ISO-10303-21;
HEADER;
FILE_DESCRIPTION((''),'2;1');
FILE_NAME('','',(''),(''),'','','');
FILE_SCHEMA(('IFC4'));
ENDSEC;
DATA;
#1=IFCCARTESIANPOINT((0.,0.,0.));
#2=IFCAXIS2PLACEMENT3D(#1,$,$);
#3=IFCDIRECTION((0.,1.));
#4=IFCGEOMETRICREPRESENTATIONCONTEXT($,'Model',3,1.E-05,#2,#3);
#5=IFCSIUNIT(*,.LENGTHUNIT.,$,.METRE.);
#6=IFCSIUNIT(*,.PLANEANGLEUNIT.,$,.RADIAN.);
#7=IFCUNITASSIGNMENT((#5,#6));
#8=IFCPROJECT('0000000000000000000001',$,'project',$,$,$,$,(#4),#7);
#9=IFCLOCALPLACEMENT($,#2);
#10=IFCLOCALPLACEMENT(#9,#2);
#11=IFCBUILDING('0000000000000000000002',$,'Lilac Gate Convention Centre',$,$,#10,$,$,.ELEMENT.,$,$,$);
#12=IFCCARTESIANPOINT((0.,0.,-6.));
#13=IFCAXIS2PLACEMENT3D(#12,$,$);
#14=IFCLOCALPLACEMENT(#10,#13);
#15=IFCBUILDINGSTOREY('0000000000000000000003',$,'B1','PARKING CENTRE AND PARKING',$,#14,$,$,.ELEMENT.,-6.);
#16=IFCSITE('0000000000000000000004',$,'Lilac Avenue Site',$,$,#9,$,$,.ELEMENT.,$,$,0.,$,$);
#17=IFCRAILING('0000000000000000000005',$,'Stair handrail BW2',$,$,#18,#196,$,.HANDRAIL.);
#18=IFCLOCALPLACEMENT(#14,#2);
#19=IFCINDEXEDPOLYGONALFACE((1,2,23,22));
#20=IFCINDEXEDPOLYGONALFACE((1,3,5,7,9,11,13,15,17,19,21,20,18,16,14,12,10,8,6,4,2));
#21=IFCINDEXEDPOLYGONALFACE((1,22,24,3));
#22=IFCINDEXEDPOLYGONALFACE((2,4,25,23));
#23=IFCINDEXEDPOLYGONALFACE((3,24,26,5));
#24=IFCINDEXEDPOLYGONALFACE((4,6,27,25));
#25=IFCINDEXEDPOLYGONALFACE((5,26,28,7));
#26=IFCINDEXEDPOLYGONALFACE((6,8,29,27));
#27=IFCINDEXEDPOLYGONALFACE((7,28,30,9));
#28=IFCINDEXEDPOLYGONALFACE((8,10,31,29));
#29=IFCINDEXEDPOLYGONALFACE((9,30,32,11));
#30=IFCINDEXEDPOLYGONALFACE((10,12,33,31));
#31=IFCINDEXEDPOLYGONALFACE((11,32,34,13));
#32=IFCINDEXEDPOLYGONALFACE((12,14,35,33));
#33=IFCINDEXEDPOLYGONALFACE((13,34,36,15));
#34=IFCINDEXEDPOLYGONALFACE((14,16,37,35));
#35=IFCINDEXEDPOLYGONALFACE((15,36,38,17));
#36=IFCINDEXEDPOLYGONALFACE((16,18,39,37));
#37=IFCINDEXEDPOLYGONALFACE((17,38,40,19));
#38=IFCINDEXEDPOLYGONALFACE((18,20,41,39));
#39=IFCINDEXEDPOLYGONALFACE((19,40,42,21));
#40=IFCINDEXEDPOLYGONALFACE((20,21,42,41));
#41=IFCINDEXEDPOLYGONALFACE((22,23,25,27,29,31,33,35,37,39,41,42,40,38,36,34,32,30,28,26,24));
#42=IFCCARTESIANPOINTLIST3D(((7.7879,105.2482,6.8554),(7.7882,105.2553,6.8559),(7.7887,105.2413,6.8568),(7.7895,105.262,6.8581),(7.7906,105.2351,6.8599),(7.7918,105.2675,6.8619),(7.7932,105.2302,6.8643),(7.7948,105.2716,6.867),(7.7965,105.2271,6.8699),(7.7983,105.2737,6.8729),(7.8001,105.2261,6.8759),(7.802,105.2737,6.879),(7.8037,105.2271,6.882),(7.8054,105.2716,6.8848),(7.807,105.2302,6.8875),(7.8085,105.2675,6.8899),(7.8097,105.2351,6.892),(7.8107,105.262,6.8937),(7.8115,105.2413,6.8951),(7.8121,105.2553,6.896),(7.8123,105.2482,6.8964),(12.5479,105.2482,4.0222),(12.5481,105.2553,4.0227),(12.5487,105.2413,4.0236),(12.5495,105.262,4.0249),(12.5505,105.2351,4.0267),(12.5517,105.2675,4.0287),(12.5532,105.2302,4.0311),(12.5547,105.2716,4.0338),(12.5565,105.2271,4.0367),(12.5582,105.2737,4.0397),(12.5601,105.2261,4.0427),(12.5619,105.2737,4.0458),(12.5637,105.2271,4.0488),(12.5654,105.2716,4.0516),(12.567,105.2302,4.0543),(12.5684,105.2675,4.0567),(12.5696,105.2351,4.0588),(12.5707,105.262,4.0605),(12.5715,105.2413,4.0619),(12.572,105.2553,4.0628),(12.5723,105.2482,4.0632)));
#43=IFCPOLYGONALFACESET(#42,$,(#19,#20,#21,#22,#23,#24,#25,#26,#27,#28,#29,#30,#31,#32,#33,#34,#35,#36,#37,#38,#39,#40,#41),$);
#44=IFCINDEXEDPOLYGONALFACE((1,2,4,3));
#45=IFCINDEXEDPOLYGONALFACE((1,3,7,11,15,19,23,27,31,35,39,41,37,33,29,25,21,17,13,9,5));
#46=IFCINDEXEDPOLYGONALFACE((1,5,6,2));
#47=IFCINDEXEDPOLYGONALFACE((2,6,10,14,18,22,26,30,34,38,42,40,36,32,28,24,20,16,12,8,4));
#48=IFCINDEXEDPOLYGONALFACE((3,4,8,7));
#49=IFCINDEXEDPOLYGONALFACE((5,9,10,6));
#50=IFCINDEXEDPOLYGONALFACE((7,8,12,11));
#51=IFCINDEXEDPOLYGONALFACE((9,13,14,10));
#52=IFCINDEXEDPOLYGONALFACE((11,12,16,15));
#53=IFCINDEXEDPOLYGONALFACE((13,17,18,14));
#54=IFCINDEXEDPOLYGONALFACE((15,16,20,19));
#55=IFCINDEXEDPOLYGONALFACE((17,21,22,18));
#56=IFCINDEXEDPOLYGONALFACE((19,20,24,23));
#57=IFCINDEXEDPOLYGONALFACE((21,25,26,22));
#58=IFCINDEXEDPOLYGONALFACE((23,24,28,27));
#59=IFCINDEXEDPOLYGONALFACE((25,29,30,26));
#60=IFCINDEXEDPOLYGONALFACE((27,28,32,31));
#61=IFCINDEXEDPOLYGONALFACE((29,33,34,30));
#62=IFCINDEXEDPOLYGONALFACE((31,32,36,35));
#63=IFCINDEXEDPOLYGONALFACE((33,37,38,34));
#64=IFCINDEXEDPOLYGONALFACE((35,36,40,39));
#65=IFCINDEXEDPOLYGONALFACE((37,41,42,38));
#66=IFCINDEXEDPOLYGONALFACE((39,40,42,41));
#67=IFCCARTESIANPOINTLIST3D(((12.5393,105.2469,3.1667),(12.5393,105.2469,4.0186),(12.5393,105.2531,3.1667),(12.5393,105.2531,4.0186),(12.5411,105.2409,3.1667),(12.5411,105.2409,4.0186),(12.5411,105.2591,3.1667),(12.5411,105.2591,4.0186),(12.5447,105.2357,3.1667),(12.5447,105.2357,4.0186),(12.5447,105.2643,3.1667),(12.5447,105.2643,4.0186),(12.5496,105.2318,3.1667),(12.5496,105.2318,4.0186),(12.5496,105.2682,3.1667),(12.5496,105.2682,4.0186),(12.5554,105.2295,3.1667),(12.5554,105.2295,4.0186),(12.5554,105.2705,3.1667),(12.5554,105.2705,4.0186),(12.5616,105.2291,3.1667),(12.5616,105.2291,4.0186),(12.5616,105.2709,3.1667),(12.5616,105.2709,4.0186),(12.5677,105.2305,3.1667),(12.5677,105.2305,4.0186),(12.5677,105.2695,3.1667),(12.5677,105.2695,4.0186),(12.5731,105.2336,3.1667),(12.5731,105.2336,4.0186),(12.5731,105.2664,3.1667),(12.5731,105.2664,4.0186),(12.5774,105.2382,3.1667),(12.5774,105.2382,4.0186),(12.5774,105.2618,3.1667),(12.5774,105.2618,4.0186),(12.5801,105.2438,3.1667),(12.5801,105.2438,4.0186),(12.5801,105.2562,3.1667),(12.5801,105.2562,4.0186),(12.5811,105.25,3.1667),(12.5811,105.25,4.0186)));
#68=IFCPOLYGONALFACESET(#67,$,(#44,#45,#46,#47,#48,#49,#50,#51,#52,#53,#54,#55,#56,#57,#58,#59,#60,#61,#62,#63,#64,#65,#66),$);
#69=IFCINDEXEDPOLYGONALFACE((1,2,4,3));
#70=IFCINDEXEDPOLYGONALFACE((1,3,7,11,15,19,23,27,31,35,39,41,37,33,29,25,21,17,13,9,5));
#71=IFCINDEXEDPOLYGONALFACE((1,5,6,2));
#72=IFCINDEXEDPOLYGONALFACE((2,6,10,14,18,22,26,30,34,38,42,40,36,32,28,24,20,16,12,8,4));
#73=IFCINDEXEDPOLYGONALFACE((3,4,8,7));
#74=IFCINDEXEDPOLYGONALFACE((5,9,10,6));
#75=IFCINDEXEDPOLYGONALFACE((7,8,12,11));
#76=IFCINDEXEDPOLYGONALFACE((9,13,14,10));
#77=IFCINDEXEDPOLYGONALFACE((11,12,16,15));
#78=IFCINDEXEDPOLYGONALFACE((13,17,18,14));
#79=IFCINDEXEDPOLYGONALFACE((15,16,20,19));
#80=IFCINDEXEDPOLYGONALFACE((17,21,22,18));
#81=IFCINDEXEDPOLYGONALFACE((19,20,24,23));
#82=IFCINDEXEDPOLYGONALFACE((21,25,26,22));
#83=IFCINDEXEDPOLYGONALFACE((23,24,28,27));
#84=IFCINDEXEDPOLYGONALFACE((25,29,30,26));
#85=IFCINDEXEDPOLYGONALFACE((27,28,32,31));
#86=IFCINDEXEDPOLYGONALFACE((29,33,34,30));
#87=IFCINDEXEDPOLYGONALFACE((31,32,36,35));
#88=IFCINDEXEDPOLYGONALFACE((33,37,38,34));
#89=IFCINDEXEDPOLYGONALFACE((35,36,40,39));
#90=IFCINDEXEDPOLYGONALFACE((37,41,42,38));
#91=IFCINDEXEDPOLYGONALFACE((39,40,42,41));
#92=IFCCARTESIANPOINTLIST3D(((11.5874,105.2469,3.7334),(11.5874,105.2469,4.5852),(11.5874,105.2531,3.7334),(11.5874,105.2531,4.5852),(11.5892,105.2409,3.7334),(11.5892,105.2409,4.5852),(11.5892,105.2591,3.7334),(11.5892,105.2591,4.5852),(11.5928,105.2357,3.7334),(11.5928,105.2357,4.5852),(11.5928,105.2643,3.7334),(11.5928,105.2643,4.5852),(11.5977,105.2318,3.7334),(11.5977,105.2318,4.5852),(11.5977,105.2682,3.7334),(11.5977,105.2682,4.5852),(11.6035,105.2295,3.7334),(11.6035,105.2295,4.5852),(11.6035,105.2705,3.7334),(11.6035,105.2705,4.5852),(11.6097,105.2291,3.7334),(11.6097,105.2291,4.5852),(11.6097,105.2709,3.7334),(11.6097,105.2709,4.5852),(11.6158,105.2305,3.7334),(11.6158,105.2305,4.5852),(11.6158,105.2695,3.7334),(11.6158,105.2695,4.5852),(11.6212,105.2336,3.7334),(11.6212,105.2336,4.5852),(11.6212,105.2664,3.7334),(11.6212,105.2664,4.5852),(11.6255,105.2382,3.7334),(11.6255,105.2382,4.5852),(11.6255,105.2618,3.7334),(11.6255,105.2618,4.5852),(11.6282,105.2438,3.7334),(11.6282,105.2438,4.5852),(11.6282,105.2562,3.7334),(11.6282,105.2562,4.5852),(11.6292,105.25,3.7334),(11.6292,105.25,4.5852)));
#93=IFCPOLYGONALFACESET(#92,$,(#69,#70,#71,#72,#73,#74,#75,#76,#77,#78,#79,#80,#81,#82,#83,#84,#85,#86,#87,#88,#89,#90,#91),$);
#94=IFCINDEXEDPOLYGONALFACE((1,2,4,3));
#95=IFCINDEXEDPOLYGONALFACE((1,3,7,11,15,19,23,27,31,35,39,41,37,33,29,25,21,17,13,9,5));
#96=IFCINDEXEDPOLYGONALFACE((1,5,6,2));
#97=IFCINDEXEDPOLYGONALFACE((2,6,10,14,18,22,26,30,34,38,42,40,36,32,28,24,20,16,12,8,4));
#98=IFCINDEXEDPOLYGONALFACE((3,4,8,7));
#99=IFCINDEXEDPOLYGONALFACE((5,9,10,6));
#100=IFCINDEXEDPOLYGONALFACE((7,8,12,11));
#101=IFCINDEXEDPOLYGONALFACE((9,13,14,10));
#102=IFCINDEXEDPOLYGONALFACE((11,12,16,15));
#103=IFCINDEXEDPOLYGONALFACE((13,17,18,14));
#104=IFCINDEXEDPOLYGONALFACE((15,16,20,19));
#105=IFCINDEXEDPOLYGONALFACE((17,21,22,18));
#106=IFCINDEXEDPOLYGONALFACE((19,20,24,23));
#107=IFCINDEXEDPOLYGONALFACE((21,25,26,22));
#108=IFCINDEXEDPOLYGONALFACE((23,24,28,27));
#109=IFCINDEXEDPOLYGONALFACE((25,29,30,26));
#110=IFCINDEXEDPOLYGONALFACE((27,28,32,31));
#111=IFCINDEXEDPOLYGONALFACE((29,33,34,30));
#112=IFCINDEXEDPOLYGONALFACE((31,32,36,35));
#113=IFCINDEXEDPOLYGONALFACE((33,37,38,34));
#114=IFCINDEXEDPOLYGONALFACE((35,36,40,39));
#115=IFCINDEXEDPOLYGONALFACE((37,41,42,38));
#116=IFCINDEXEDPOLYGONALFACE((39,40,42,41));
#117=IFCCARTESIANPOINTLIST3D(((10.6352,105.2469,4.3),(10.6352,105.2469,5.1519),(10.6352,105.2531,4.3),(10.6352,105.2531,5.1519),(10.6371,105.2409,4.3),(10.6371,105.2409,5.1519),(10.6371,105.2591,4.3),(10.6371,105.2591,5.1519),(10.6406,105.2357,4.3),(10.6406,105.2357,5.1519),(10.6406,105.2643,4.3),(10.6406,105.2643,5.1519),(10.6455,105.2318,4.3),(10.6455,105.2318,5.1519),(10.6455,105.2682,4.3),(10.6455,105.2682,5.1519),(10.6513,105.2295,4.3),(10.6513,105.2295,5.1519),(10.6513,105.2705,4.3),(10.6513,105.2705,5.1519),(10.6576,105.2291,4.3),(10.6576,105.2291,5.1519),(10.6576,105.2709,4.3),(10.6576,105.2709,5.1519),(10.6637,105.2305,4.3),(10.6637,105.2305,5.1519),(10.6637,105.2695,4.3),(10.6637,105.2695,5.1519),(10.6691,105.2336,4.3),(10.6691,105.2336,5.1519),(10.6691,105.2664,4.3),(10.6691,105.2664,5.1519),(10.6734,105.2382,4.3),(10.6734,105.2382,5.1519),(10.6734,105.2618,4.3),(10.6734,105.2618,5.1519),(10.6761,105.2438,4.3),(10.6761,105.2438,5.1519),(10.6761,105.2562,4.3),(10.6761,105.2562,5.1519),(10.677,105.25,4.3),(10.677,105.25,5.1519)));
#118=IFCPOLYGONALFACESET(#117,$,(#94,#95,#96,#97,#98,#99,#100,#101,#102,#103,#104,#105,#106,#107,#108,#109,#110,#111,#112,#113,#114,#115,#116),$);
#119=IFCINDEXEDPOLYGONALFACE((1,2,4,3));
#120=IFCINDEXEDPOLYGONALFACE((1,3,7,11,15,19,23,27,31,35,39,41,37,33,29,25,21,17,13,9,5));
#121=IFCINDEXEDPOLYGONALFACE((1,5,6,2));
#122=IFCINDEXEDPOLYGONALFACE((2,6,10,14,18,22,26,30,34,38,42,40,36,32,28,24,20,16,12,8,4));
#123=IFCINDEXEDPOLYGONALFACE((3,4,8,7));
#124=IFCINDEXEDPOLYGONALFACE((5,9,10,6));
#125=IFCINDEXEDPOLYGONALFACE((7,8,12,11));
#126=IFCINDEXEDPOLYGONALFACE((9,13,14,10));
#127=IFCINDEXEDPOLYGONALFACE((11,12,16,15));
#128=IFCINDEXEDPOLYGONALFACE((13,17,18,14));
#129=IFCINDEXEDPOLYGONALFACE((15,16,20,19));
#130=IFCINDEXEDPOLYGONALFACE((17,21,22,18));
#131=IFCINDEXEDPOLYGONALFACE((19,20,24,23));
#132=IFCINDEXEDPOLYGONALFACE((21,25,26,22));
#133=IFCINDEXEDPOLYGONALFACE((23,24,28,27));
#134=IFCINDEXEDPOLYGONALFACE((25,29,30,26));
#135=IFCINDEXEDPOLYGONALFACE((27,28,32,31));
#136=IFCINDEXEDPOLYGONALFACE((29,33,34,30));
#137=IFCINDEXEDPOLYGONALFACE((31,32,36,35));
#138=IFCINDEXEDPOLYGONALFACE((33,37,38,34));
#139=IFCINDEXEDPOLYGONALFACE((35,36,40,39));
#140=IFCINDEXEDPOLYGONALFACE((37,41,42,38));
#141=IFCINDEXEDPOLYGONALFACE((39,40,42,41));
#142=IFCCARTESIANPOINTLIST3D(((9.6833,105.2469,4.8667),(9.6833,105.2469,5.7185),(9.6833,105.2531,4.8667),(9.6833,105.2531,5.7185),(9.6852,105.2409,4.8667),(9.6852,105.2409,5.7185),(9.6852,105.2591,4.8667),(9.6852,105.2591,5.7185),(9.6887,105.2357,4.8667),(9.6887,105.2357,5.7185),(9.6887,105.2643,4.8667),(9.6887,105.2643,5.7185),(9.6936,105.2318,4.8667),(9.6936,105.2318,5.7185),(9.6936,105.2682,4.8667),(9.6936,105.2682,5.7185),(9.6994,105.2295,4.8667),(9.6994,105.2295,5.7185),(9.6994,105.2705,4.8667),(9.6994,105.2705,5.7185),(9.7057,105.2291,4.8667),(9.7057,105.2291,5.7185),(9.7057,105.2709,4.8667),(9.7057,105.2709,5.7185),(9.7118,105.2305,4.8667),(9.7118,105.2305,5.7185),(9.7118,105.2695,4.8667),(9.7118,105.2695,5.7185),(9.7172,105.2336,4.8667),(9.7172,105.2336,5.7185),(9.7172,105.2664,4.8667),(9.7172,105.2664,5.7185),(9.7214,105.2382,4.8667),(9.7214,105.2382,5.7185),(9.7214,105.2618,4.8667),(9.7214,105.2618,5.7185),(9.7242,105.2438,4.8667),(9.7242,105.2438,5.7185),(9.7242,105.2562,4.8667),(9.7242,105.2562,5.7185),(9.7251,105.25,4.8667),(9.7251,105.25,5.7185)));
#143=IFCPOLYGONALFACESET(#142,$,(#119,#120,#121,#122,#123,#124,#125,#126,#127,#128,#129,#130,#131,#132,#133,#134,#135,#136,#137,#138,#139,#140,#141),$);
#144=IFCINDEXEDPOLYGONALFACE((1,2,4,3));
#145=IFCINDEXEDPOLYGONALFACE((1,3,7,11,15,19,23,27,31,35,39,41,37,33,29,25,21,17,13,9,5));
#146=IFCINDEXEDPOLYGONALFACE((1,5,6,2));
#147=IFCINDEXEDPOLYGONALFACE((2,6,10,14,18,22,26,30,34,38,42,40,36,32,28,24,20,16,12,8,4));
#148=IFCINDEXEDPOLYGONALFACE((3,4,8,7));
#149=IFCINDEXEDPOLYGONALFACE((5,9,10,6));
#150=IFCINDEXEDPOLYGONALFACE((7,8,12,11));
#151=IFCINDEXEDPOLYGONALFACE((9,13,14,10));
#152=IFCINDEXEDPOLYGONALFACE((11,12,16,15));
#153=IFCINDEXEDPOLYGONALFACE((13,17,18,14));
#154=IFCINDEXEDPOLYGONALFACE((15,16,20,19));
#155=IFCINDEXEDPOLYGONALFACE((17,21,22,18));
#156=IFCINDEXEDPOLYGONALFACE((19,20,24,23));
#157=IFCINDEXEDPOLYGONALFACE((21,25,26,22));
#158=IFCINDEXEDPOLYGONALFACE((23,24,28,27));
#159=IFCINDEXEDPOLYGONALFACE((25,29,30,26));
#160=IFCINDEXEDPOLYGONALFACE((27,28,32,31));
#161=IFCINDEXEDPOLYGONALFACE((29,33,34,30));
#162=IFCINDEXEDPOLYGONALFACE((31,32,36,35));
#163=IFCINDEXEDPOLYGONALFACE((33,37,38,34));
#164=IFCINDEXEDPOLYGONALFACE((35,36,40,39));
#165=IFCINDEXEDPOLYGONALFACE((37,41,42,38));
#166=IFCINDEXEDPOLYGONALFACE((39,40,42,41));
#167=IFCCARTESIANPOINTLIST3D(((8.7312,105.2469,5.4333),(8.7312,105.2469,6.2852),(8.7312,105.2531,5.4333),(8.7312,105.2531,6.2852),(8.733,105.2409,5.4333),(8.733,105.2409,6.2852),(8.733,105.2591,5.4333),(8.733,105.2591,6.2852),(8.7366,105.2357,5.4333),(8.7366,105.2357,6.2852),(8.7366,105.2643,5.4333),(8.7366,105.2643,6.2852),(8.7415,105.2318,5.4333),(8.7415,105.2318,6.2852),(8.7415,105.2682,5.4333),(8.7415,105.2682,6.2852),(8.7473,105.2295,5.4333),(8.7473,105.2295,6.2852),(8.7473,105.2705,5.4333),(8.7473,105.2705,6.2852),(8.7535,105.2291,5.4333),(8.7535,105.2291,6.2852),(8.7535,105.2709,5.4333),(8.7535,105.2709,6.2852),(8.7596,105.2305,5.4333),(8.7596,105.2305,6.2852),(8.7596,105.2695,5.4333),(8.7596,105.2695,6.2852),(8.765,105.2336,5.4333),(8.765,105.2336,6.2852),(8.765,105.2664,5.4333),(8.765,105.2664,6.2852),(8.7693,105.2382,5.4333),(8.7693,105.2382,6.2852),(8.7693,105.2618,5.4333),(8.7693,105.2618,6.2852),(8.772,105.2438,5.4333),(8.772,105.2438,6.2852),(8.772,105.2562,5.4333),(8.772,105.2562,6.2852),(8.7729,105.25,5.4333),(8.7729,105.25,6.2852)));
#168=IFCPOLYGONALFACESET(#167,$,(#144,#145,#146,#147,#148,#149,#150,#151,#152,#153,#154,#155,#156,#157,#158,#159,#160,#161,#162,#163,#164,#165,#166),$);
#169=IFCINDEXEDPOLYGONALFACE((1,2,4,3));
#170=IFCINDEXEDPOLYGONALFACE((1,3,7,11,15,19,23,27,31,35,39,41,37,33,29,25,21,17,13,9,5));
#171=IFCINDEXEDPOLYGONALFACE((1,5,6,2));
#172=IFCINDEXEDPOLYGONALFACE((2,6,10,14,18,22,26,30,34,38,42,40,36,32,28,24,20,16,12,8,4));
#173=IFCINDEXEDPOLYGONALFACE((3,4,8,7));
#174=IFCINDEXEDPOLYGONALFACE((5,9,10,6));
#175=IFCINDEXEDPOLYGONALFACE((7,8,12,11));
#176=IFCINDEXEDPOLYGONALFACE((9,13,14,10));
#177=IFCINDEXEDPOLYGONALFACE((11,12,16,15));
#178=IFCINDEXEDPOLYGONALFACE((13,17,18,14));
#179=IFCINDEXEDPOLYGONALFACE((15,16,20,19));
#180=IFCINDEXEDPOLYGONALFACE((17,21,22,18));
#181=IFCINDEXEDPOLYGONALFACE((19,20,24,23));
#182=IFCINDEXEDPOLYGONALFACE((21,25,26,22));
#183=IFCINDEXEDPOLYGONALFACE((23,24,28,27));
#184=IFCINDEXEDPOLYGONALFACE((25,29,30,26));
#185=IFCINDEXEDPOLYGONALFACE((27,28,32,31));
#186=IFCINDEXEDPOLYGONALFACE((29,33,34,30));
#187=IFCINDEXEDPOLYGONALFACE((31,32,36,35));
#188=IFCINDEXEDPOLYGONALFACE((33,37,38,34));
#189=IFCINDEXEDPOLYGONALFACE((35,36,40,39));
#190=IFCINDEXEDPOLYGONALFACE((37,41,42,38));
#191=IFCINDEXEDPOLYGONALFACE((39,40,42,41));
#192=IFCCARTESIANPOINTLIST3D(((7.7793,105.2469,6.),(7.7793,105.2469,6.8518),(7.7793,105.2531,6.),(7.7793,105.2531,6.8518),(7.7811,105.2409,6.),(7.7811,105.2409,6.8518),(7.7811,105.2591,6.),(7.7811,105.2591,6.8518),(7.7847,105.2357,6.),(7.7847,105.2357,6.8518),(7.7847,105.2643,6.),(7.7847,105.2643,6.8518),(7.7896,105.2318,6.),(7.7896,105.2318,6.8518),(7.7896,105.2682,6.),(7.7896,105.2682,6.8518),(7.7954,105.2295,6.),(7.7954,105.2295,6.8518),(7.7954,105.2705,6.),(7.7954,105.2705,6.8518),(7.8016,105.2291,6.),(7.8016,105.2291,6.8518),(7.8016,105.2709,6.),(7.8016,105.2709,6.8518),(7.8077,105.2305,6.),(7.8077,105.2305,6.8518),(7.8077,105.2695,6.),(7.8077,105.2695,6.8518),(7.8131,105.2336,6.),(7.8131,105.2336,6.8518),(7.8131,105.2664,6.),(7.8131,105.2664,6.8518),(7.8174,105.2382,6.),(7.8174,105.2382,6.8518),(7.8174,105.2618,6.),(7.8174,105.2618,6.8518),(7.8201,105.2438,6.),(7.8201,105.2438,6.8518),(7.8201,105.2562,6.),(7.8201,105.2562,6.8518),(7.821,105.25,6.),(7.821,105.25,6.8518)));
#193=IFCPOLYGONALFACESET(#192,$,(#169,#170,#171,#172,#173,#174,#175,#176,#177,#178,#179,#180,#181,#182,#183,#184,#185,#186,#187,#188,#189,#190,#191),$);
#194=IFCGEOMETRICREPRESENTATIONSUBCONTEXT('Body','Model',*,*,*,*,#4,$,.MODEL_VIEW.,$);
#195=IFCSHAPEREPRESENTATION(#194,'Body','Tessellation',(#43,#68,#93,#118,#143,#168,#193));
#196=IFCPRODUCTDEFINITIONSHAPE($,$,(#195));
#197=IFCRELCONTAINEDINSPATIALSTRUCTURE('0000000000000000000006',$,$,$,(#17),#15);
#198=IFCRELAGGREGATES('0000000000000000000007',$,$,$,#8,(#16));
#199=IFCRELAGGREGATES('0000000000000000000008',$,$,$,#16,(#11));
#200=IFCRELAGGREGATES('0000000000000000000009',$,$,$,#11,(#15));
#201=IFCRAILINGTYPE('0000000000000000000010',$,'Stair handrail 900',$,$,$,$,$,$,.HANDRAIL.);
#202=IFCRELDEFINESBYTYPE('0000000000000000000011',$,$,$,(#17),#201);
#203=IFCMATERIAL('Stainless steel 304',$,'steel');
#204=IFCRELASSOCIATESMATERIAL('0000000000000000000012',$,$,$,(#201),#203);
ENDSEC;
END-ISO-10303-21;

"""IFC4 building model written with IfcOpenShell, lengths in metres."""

from ifc_helpers import new_model, si_unit, direction, frame, origin, origin_2d, place, context, subcontext, project, spatial, circle, extrude, material, type_object, element, save


model = new_model("IFC4")

# Units and contexts
model_context = context("Model", 3, precision=1e-05, world=origin(), true_north=direction((0.0, 1.0)))
body_context = subcontext(model_context, "Body", "Model", "MODEL_VIEW")
ifc_project = project(units=[si_unit("LENGTHUNIT", "METRE"), si_unit("PLANEANGLEUNIT", "RADIAN")], contexts=[model_context])

# Site, building, storey
site_placement = place(None, origin())
site = spatial("IfcSite", under=ifc_project, at=site_placement, Name="Lilac Avenue Site", CompositionType="ELEMENT", RefElevation=0.0)
building_placement = place(site_placement, origin())
building = spatial("IfcBuilding", under=site, at=building_placement, Name="Lilac Gate Convention Centre", CompositionType="ELEMENT")
storey_placement = place(building_placement, frame((0.0, 0.0, -6.0)))
storey = spatial("IfcBuildingStorey", under=building, at=storey_placement, Name="B1", Description="PARKING CENTRE AND PARKING", CompositionType="ELEMENT", Elevation=-6.0)

# Railing
ifc_material_1 = material(Name="Stainless steel 304", Category="steel")
railing_type = type_object("IfcRailingType", Name="Stair handrail 900", PredefinedType="HANDRAIL", material=ifc_material_1)
railing_placement = place(storey_placement, frame((12.5601, 105.25, 3.1667)))
element("IfcRailing", 1, at=railing_placement, inside=storey, type_object=railing_type, Name="Stair handrail BW2", PredefinedType="HANDRAIL", context=body_context, shape_type="SweptSolid", body=[
    extrude(circle(Radius=0.0239, at=origin_2d()), frame((0.0, 0.0, 0.876), z_axis=(-0.8593, 0.0, 0.511472), x_axis=(0.0, -1.0, 0.0)), (0.0, 0.0, 1.0), 5.5393),
    extrude(circle(Radius=0.021, at=origin_2d()), origin(), (0.0, 0.0, 1.0), 0.8518),
    extrude(circle(Radius=0.021, at=origin_2d()), frame((-0.9519, 0.0, 0.5667)), (0.0, 0.0, 1.0), 0.8518),
    extrude(circle(Radius=0.021, at=origin_2d()), frame((-1.9041, 0.0, 1.1333)), (0.0, 0.0, 1.0), 0.8518),
    extrude(circle(Radius=0.021, at=origin_2d()), frame((-2.856, 0.0, 1.7)), (0.0, 0.0, 1.0), 0.8518),
    extrude(circle(Radius=0.021, at=origin_2d()), frame((-3.8081, 0.0, 2.2666)), (0.0, 0.0, 1.0), 0.8518),
    extrude(circle(Radius=0.021, at=origin_2d()), frame((-4.76, 0.0, 2.8333)), (0.0, 0.0, 1.0), 0.8518),
])

save(model, "model.ifc")
